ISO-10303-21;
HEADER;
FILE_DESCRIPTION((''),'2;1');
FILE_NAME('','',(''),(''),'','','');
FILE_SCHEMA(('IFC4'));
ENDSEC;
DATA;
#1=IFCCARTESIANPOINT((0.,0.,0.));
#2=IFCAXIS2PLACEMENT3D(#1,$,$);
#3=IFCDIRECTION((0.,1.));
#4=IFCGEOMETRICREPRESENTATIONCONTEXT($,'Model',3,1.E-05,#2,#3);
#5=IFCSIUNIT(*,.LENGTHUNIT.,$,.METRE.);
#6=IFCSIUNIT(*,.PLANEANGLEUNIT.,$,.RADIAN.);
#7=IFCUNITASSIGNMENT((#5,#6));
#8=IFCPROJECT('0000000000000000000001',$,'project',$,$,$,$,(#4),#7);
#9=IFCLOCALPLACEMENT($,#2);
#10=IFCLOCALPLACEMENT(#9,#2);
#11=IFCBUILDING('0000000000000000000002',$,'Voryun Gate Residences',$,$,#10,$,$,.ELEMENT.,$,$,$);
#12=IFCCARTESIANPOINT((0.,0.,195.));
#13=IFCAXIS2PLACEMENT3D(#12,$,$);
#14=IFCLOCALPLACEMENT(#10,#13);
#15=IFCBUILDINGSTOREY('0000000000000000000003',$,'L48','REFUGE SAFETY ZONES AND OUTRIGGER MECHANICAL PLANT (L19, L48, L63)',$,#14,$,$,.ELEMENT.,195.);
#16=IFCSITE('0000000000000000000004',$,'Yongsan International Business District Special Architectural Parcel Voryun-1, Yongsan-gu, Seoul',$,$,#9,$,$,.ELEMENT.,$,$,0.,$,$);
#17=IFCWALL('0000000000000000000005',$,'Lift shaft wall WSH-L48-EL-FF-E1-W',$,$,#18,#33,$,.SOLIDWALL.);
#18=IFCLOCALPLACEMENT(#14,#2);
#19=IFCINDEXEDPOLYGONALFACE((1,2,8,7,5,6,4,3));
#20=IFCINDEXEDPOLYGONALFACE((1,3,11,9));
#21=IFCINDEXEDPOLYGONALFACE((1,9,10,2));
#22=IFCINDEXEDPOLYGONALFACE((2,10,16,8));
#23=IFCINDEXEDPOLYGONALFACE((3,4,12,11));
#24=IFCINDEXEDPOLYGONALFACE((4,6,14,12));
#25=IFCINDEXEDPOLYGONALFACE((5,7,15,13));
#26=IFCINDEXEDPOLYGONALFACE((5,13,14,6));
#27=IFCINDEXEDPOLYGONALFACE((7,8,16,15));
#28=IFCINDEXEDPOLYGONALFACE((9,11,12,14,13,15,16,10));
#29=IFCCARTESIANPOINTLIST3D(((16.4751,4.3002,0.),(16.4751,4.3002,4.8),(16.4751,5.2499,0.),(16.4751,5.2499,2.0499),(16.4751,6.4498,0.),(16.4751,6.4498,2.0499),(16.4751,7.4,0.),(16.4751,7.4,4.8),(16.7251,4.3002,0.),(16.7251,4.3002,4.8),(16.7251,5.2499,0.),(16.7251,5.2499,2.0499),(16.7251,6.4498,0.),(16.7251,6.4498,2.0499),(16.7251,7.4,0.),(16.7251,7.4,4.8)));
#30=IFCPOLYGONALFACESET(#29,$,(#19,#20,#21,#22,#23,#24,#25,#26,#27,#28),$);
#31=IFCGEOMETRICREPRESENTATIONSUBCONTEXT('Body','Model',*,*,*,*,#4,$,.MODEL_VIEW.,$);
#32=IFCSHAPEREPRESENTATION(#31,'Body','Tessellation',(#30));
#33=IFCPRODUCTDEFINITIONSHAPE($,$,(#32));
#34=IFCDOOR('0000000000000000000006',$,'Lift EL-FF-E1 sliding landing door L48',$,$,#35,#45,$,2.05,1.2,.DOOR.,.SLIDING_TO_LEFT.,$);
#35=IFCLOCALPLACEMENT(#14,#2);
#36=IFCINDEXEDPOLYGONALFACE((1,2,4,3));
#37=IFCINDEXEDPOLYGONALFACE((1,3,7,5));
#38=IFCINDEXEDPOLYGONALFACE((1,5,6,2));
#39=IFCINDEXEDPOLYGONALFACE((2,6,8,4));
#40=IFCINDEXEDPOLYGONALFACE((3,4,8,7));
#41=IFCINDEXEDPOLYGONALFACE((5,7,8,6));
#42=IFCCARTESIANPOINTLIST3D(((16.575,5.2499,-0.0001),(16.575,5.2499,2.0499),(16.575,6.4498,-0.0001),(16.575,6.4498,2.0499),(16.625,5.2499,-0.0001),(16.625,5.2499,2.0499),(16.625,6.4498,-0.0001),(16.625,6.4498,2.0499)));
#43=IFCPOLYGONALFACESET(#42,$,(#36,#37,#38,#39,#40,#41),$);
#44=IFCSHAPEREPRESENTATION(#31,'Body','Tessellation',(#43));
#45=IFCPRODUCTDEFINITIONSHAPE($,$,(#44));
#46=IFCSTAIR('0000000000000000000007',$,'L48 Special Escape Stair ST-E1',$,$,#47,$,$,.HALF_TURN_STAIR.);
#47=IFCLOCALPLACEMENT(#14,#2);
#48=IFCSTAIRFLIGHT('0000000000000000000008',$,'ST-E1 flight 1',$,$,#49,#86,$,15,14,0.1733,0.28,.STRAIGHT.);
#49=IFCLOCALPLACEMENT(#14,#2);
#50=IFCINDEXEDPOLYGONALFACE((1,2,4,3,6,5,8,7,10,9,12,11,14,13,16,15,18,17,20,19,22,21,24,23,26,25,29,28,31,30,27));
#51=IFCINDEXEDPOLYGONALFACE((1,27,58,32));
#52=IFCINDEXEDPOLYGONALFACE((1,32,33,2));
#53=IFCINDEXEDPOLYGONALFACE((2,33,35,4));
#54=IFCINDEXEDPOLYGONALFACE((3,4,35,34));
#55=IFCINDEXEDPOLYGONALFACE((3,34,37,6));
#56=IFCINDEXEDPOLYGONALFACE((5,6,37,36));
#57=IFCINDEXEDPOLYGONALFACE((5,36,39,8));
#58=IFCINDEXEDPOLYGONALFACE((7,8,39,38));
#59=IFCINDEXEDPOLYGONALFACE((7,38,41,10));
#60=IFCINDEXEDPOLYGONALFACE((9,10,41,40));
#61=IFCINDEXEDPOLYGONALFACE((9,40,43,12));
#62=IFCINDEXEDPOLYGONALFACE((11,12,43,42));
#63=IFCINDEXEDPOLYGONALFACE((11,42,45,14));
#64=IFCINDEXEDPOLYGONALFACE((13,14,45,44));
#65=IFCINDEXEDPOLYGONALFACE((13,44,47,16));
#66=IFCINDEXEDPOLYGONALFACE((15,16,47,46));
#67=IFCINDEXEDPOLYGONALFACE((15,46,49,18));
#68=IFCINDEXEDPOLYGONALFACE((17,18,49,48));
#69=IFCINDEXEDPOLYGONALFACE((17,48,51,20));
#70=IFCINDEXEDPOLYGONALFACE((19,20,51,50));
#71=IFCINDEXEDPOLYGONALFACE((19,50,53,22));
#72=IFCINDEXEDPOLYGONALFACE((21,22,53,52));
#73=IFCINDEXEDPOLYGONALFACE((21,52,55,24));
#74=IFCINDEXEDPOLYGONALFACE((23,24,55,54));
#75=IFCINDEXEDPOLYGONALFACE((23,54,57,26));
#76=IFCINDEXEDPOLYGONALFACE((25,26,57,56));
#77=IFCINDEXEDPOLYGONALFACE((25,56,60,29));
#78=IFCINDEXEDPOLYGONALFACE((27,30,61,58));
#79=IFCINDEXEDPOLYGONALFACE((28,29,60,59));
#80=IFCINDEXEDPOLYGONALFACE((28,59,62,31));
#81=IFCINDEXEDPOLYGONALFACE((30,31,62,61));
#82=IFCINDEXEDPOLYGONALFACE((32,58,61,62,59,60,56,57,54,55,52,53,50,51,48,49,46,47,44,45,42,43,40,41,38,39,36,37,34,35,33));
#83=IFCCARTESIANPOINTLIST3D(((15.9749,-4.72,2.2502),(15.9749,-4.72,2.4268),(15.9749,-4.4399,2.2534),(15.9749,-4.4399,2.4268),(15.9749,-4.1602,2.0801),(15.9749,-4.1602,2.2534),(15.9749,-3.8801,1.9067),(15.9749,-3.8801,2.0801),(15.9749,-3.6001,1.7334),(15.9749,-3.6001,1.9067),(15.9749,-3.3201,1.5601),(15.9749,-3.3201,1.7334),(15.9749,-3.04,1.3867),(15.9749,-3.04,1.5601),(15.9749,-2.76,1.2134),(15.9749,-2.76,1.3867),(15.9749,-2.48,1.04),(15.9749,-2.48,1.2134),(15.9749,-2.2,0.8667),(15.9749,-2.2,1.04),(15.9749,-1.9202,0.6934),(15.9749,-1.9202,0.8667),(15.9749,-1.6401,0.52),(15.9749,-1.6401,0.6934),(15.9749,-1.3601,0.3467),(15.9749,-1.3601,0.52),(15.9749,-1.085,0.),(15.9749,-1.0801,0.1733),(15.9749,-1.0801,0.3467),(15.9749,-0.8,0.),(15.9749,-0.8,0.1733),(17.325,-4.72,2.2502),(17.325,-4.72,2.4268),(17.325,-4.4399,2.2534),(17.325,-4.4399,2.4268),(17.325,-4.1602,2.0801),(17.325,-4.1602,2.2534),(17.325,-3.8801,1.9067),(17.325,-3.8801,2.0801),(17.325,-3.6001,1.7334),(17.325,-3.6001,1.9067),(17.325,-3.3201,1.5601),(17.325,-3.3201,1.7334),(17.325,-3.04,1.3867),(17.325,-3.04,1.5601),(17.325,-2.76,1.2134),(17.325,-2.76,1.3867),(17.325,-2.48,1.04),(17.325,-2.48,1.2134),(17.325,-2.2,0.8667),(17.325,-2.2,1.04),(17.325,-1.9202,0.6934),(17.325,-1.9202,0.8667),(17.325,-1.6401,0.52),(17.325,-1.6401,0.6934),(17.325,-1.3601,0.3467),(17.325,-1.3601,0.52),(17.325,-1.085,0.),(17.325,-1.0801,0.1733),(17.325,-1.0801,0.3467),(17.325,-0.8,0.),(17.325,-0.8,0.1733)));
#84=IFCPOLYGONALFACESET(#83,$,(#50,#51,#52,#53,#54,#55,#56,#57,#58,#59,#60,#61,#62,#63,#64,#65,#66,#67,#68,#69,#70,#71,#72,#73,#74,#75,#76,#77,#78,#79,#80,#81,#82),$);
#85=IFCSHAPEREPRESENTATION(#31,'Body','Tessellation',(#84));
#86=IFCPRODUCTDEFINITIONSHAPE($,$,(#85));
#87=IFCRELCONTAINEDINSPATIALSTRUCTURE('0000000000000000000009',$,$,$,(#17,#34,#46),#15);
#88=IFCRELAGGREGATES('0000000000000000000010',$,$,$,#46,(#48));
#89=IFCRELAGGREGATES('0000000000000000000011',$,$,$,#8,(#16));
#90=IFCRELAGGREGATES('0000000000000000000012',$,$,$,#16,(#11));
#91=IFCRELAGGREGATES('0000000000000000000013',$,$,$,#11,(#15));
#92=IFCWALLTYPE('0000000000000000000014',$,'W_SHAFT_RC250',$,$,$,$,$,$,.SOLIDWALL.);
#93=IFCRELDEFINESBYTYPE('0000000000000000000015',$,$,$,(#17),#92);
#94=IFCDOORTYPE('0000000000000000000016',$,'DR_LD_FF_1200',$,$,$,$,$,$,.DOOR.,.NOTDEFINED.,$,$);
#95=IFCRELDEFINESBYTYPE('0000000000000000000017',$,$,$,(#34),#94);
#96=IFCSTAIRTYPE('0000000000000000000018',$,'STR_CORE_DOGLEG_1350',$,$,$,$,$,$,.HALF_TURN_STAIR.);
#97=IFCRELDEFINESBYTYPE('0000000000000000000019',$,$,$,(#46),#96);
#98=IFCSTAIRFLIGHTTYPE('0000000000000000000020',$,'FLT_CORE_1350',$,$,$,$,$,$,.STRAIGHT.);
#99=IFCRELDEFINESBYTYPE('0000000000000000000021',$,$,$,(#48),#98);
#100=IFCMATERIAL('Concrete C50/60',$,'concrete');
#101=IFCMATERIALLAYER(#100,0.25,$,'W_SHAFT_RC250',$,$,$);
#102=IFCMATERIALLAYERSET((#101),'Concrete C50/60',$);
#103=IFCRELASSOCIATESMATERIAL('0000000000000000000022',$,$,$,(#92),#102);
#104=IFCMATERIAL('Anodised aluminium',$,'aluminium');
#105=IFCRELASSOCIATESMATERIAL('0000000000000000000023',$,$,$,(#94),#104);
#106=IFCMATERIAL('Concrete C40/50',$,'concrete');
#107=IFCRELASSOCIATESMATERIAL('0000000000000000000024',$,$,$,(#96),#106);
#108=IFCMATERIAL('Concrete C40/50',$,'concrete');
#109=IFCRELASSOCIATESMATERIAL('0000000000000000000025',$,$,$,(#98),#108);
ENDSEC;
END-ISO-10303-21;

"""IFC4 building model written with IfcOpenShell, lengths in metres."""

from ifc_helpers import new_model, si_unit, direction, frame, frame_2d, origin, place, context, subcontext, project, spatial, polyline, rectangle, outline, extrude, material, layer, layer_set, type_object, element, fill, aggregate, save


model = new_model("IFC4")

# Units and contexts
model_context = context("Model", 3, precision=1e-05, world=origin(), true_north=direction((0.0, 1.0)))
body_context = subcontext(model_context, "Body", "Model", "MODEL_VIEW")
ifc_project = project(units=[si_unit("LENGTHUNIT", "METRE"), si_unit("PLANEANGLEUNIT", "RADIAN")], contexts=[model_context])

# Site, building, storey
site_placement = place(None, origin())
site = spatial("IfcSite", under=ifc_project, at=site_placement, Name="Yongsan International Business District Special Architectural Parcel Voryun-1, Yongsan-gu, Seoul", CompositionType="ELEMENT", RefElevation=0.0)
building_placement = place(site_placement, origin())
building = spatial("IfcBuilding", under=site, at=building_placement, Name="Voryun Gate Residences", CompositionType="ELEMENT")
storey_placement = place(building_placement, frame((0.0, 0.0, 195.0)))
storey = spatial("IfcBuildingStorey", under=building, at=storey_placement, Name="L48", Description="REFUGE SAFETY ZONES AND OUTRIGGER MECHANICAL PLANT (L19, L48, L63)", CompositionType="ELEMENT", Elevation=195.0)

# Shared definitions
ifc_material_1 = material(Name="Concrete C50/60", Category="concrete")
ifc_layer_1 = layer(ifc_material_1, 0.25, Name="W_SHAFT_RC250")
ifc_layer_set_1 = layer_set([ifc_layer_1], Name="Concrete C50/60")
wall_type_1 = type_object("IfcWallType", Name="W_SHAFT_RC250", PredefinedType="SOLIDWALL", material=ifc_layer_set_1)

# Wall, opening, door
wall_1_placement = place(storey_placement, frame((16.6001, 7.3999, 0.0), z_axis=(0.0, 0.0, 1.0), x_axis=(0.0, -1.0, 0.0)))
wall_1 = element("IfcWall", 1, at=wall_1_placement, inside=storey, type_object=wall_type_1, Name="Lift shaft wall WSH-L48-EL-FF-E1-W", PredefinedType="SOLIDWALL", context=body_context, shape_type="SweptSolid", body=[
    extrude(rectangle(XDim=3.0999, YDim=0.25, at=frame_2d((1.5498, 0.0))), origin(), (0.0, 0.0, 1.0), 4.8),
])
opening_placement = place(wall_1_placement, frame((0.95, 0.0, 0.0)))
opening = element("IfcOpeningElement", 2, at=opening_placement, cuts=wall_1, PredefinedType="OPENING", context=body_context, shape_type="SweptSolid", body=[
    extrude(rectangle(XDim=1.2, YDim=2.05, at=frame_2d((0.6001, 1.0249))), frame((0.0, 0.135, 0.0), z_axis=(0.0, -1.0, 0.0), x_axis=(1.0, 0.0, 0.0)), (0.0, 0.0, 1.0), 0.27),
])
ifc_material_2 = material(Name="Anodised aluminium", Category="aluminium")
door_type = type_object("IfcDoorType", Name="DR_LD_FF_1200", OperationType="NOTDEFINED", PredefinedType="DOOR", material=ifc_material_2)
door_placement = place(opening_placement, origin())
door = element("IfcDoor", 3, at=door_placement, inside=storey, type_object=door_type, Name="Lift EL-FF-E1 sliding landing door L48", OperationType="SLIDING_TO_LEFT", OverallHeight=2.05, OverallWidth=1.2, PredefinedType="DOOR", context=body_context, shape_type="SweptSolid", body=[
    extrude(rectangle(XDim=1.2, YDim=2.05, at=frame_2d((0.6001, 1.0249))), frame((0.0, 0.0249, 0.0), z_axis=(0.0, -1.0, 0.0), x_axis=(1.0, 0.0, 0.0)), (0.0, 0.0, 1.0), 0.05),
])
fill(opening, door)

# Stair, stair flight
ifc_material_3 = material(Name="Concrete C40/50", Category="concrete")
stair_type = type_object("IfcStairType", Name="STR_CORE_DOGLEG_1350", PredefinedType="HALF_TURN_STAIR", material=ifc_material_3)
stair_placement = place(storey_placement, origin())
stair = element("IfcStair", 4, at=stair_placement, inside=storey, type_object=stair_type, Name="L48 Special Escape Stair ST-E1", PredefinedType="HALF_TURN_STAIR")
ifc_material_4 = material(Name="Concrete C40/50", Category="concrete")
stair_flight_type = type_object("IfcStairFlightType", Name="FLT_CORE_1350", PredefinedType="STRAIGHT", material=ifc_material_4)
stair_flight_placement = place(storey_placement, frame((16.6499, -0.8, 0.0), z_axis=(0.0, 0.0, 1.0), x_axis=(0.0, -1.0, 0.0)))
stair_flight = element("IfcStairFlight", 5, at=stair_flight_placement, type_object=stair_flight_type, Name="ST-E1 flight 1", NumberOfRisers=15, NumberOfTreads=14, PredefinedType="STRAIGHT", RiserHeight=0.1733, TreadLength=0.28, context=body_context, shape_type="SweptSolid", body=[
    extrude(outline(polyline([(0.0, 0.0), (0.0, 0.1733), (0.28, 0.1733), (0.28, 0.3467), (0.5601, 0.3467), (0.5601, 0.52), (0.8401, 0.52), (0.8401, 0.6934), (1.1201, 0.6934), (1.1201, 0.8667), (1.3999, 0.8667), (1.3999, 1.04), (1.6799, 1.04), (1.6799, 1.2134), (1.96, 1.2134), (1.96, 1.3867), (2.24, 1.3867), (2.24, 1.5601), (2.52, 1.5601), (2.52, 1.7334), (2.8, 1.7334), (2.8, 1.9067), (3.0801, 1.9067), (3.0801, 2.0801), (3.3601, 2.0801), (3.3601, 2.2534), (3.6399, 2.2534), (3.6399, 2.4268), (3.9199, 2.4268), (3.9199, 2.6001), (3.9199, 2.2502), (0.2849, 0.0), (0.0, 0.0)])), frame((0.0, 0.675, 0.0), z_axis=(0.0, -1.0, 0.0), x_axis=(1.0, 0.0, 0.0)), (0.0, 0.0, 1.0), 1.3501),
])
aggregate(stair, [stair_flight])

save(model, "model.ifc")
